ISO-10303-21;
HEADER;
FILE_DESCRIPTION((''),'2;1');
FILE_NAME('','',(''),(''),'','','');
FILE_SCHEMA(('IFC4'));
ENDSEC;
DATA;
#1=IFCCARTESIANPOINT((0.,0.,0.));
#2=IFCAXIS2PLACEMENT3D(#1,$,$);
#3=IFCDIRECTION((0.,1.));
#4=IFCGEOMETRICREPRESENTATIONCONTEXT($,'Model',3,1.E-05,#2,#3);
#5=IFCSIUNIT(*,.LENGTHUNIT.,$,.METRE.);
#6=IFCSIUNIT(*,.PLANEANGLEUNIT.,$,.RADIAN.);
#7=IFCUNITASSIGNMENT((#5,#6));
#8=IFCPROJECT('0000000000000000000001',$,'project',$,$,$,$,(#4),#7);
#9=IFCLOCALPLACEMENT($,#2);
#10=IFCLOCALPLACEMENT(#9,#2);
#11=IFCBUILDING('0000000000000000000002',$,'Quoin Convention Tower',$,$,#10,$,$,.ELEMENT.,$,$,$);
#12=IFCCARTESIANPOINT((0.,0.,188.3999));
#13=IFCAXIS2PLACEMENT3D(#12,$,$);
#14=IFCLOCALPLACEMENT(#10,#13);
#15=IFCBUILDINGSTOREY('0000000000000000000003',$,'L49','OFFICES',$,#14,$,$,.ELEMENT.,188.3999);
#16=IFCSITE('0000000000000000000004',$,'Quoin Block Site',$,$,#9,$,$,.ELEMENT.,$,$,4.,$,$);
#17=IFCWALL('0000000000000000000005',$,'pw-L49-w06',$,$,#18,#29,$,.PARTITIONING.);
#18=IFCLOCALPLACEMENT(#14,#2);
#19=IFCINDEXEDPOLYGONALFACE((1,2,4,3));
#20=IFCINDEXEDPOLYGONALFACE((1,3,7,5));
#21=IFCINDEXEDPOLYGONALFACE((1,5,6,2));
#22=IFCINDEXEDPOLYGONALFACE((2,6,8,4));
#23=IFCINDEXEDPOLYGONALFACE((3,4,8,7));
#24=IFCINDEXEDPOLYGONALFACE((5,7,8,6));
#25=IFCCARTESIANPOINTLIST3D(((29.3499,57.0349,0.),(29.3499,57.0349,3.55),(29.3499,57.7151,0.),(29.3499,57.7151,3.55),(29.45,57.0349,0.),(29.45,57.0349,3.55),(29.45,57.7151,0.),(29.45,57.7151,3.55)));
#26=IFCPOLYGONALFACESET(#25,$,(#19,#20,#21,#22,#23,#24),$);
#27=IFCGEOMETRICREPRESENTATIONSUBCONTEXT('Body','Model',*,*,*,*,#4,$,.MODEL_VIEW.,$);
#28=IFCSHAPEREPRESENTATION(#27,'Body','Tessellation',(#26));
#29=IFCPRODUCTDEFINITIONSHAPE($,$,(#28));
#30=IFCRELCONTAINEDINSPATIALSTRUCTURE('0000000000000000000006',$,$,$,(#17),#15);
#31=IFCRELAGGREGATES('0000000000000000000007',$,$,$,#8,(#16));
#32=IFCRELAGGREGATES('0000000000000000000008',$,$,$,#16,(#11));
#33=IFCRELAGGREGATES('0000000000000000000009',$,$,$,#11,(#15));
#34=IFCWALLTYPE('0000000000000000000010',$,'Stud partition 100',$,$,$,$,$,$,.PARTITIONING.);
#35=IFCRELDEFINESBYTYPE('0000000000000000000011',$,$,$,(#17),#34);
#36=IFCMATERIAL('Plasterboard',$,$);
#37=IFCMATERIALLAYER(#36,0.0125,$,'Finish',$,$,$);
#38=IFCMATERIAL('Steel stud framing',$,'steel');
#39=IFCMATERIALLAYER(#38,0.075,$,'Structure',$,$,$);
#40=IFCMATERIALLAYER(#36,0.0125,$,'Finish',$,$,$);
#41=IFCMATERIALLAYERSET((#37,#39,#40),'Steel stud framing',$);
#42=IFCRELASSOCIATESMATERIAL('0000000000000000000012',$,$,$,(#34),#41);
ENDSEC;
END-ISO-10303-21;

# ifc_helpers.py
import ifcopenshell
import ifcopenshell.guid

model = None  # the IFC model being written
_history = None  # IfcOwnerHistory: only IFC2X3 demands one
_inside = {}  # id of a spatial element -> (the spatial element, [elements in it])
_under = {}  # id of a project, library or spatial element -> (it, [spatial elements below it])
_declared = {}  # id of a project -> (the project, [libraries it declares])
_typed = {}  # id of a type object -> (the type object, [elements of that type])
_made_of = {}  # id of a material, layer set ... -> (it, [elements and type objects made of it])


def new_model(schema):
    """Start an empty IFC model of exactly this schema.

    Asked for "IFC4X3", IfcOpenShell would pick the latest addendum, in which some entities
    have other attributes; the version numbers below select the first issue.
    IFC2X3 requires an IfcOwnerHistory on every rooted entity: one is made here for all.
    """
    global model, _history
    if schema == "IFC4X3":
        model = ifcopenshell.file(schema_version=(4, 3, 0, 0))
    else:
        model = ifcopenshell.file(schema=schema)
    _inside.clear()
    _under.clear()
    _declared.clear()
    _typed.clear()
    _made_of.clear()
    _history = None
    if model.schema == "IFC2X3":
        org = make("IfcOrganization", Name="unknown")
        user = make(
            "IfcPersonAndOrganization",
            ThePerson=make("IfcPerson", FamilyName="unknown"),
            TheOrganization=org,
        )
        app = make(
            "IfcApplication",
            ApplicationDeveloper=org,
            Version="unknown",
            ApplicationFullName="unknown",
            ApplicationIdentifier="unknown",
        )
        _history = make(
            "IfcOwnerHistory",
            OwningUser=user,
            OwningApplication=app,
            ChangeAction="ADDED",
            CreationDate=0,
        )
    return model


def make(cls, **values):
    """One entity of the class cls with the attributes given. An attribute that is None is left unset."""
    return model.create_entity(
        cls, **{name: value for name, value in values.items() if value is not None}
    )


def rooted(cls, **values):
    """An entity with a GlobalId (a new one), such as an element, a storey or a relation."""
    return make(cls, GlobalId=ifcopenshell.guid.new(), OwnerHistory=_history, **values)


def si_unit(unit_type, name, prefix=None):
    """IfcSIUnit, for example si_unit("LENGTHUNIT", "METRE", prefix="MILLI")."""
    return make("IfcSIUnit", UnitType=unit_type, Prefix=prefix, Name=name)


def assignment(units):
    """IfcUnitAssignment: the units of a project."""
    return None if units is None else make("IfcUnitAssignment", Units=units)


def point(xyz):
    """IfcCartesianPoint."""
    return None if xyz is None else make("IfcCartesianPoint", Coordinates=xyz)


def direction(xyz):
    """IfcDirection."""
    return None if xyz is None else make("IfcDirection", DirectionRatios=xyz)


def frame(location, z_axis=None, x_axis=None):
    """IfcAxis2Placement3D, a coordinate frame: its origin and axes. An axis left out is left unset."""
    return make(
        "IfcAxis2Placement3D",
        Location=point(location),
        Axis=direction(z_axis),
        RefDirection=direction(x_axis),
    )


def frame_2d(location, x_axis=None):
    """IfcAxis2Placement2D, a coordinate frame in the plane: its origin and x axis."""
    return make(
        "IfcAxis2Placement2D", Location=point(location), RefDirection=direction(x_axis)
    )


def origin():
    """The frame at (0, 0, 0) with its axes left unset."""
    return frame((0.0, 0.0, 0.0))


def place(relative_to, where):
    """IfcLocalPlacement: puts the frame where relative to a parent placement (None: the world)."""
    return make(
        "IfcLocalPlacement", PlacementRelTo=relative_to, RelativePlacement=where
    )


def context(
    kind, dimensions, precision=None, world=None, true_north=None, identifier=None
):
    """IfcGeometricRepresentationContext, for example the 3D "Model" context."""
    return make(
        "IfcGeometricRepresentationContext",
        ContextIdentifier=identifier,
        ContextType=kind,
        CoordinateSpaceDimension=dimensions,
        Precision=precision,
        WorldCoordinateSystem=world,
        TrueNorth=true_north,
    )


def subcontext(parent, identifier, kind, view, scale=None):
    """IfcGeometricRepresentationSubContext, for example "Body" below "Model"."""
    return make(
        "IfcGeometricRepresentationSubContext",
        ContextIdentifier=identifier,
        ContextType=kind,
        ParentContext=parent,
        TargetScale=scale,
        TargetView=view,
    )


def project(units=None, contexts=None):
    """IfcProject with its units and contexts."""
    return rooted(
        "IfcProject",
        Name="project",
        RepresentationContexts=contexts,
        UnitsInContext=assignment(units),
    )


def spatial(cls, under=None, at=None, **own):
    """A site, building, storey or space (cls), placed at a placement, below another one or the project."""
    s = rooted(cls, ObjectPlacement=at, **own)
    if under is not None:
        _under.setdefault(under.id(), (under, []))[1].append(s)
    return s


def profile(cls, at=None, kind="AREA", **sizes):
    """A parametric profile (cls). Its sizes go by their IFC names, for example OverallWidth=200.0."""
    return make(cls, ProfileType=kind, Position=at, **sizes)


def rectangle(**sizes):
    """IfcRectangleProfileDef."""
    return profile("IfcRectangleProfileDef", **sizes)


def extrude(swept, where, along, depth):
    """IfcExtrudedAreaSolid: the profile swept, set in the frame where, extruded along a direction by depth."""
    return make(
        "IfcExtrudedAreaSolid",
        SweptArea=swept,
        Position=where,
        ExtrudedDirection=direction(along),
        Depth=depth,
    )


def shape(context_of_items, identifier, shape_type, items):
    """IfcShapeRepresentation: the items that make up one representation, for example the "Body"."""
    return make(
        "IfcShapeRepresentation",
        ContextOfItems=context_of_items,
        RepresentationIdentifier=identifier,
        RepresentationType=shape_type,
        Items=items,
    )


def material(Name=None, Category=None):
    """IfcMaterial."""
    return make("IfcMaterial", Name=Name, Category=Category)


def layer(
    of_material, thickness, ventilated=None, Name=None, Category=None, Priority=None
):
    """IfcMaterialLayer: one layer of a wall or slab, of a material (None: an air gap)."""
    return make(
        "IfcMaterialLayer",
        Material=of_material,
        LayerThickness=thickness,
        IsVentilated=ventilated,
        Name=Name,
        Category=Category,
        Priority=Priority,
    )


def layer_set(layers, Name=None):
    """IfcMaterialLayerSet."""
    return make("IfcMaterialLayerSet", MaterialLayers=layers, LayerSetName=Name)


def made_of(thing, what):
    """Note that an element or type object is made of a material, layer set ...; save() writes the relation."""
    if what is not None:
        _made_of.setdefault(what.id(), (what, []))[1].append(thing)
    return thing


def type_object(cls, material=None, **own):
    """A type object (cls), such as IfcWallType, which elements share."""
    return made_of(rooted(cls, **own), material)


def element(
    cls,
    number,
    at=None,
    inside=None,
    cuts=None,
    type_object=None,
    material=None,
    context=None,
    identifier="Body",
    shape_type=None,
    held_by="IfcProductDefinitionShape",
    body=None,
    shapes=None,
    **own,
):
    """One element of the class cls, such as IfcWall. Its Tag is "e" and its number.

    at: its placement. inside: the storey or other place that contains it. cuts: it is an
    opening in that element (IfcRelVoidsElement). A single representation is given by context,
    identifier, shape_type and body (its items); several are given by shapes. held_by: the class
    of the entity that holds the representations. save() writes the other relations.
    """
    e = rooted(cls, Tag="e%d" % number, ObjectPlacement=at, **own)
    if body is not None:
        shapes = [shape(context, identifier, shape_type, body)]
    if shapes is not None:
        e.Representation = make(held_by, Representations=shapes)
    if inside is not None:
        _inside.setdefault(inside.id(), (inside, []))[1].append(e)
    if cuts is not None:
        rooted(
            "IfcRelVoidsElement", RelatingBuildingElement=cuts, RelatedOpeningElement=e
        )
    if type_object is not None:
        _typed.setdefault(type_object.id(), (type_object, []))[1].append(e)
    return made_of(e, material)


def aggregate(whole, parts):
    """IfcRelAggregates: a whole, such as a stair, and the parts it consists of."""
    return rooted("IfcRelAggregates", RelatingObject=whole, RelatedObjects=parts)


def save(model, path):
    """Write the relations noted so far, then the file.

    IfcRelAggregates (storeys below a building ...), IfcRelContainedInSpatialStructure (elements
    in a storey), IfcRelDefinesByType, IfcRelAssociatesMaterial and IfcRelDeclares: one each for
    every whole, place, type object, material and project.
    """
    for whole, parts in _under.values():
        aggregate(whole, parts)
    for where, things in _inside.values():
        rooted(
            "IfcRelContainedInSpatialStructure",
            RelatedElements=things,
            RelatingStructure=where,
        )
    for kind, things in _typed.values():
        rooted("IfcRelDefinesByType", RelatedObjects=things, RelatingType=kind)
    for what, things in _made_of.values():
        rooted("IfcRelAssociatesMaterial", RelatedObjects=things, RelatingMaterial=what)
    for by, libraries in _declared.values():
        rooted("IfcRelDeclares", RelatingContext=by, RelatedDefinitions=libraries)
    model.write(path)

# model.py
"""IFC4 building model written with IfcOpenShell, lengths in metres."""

from ifc_helpers import new_model, si_unit, direction, frame, frame_2d, origin, place, context, subcontext, project, spatial, rectangle, extrude, material, layer, layer_set, type_object, element, save


model = new_model("IFC4")

# Units and contexts
model_context = context("Model", 3, precision=1e-05, world=origin(), true_north=direction((0.0, 1.0)))
body_context = subcontext(model_context, "Body", "Model", "MODEL_VIEW")
ifc_project = project(units=[si_unit("LENGTHUNIT", "METRE"), si_unit("PLANEANGLEUNIT", "RADIAN")], contexts=[model_context])

# Site, building, storey
site_placement = place(None, origin())
site = spatial("IfcSite", under=ifc_project, at=site_placement, Name="Quoin Block Site", CompositionType="ELEMENT", RefElevation=4.0)
building_placement = place(site_placement, origin())
building = spatial("IfcBuilding", under=site, at=building_placement, Name="Quoin Convention Tower", CompositionType="ELEMENT")
storey_placement = place(building_placement, frame((0.0, 0.0, 188.3999)))
storey = spatial("IfcBuildingStorey", under=building, at=storey_placement, Name="L49", Description="OFFICES", CompositionType="ELEMENT", Elevation=188.3999)

# Shared definitions
ifc_material_1 = material(Name="Plasterboard")
ifc_material_2 = material(Name="Steel stud framing", Category="steel")

# Shared definitions
ifc_layer_1 = layer(ifc_material_1, 0.0125, Name="Finish")
ifc_layer_2 = layer(ifc_material_2, 0.075, Name="Structure")
ifc_layer_3 = layer(ifc_material_1, 0.0125, Name="Finish")
ifc_layer_set_1 = layer_set([ifc_layer_1, ifc_layer_2, ifc_layer_3], Name="Steel stud framing")
wall_type_1 = type_object("IfcWallType", Name="Stud partition 100", PredefinedType="PARTITIONING", material=ifc_layer_set_1)

# Wall
wall_1_placement = place(storey_placement, frame((29.3999, 57.7151, 0.0), z_axis=(0.0, 0.0, 1.0), x_axis=(0.0, -1.0, 0.0)))
element("IfcWall", 1, at=wall_1_placement, inside=storey, type_object=wall_type_1, Name="pw-L49-w06", PredefinedType="PARTITIONING", context=body_context, shape_type="SweptSolid", body=[
    extrude(rectangle(XDim=0.6802, YDim=0.1001, at=frame_2d((0.3401, 0.0))), origin(), (0.0, 0.0, 1.0), 3.55),
])

save(model, "model.ifc")
